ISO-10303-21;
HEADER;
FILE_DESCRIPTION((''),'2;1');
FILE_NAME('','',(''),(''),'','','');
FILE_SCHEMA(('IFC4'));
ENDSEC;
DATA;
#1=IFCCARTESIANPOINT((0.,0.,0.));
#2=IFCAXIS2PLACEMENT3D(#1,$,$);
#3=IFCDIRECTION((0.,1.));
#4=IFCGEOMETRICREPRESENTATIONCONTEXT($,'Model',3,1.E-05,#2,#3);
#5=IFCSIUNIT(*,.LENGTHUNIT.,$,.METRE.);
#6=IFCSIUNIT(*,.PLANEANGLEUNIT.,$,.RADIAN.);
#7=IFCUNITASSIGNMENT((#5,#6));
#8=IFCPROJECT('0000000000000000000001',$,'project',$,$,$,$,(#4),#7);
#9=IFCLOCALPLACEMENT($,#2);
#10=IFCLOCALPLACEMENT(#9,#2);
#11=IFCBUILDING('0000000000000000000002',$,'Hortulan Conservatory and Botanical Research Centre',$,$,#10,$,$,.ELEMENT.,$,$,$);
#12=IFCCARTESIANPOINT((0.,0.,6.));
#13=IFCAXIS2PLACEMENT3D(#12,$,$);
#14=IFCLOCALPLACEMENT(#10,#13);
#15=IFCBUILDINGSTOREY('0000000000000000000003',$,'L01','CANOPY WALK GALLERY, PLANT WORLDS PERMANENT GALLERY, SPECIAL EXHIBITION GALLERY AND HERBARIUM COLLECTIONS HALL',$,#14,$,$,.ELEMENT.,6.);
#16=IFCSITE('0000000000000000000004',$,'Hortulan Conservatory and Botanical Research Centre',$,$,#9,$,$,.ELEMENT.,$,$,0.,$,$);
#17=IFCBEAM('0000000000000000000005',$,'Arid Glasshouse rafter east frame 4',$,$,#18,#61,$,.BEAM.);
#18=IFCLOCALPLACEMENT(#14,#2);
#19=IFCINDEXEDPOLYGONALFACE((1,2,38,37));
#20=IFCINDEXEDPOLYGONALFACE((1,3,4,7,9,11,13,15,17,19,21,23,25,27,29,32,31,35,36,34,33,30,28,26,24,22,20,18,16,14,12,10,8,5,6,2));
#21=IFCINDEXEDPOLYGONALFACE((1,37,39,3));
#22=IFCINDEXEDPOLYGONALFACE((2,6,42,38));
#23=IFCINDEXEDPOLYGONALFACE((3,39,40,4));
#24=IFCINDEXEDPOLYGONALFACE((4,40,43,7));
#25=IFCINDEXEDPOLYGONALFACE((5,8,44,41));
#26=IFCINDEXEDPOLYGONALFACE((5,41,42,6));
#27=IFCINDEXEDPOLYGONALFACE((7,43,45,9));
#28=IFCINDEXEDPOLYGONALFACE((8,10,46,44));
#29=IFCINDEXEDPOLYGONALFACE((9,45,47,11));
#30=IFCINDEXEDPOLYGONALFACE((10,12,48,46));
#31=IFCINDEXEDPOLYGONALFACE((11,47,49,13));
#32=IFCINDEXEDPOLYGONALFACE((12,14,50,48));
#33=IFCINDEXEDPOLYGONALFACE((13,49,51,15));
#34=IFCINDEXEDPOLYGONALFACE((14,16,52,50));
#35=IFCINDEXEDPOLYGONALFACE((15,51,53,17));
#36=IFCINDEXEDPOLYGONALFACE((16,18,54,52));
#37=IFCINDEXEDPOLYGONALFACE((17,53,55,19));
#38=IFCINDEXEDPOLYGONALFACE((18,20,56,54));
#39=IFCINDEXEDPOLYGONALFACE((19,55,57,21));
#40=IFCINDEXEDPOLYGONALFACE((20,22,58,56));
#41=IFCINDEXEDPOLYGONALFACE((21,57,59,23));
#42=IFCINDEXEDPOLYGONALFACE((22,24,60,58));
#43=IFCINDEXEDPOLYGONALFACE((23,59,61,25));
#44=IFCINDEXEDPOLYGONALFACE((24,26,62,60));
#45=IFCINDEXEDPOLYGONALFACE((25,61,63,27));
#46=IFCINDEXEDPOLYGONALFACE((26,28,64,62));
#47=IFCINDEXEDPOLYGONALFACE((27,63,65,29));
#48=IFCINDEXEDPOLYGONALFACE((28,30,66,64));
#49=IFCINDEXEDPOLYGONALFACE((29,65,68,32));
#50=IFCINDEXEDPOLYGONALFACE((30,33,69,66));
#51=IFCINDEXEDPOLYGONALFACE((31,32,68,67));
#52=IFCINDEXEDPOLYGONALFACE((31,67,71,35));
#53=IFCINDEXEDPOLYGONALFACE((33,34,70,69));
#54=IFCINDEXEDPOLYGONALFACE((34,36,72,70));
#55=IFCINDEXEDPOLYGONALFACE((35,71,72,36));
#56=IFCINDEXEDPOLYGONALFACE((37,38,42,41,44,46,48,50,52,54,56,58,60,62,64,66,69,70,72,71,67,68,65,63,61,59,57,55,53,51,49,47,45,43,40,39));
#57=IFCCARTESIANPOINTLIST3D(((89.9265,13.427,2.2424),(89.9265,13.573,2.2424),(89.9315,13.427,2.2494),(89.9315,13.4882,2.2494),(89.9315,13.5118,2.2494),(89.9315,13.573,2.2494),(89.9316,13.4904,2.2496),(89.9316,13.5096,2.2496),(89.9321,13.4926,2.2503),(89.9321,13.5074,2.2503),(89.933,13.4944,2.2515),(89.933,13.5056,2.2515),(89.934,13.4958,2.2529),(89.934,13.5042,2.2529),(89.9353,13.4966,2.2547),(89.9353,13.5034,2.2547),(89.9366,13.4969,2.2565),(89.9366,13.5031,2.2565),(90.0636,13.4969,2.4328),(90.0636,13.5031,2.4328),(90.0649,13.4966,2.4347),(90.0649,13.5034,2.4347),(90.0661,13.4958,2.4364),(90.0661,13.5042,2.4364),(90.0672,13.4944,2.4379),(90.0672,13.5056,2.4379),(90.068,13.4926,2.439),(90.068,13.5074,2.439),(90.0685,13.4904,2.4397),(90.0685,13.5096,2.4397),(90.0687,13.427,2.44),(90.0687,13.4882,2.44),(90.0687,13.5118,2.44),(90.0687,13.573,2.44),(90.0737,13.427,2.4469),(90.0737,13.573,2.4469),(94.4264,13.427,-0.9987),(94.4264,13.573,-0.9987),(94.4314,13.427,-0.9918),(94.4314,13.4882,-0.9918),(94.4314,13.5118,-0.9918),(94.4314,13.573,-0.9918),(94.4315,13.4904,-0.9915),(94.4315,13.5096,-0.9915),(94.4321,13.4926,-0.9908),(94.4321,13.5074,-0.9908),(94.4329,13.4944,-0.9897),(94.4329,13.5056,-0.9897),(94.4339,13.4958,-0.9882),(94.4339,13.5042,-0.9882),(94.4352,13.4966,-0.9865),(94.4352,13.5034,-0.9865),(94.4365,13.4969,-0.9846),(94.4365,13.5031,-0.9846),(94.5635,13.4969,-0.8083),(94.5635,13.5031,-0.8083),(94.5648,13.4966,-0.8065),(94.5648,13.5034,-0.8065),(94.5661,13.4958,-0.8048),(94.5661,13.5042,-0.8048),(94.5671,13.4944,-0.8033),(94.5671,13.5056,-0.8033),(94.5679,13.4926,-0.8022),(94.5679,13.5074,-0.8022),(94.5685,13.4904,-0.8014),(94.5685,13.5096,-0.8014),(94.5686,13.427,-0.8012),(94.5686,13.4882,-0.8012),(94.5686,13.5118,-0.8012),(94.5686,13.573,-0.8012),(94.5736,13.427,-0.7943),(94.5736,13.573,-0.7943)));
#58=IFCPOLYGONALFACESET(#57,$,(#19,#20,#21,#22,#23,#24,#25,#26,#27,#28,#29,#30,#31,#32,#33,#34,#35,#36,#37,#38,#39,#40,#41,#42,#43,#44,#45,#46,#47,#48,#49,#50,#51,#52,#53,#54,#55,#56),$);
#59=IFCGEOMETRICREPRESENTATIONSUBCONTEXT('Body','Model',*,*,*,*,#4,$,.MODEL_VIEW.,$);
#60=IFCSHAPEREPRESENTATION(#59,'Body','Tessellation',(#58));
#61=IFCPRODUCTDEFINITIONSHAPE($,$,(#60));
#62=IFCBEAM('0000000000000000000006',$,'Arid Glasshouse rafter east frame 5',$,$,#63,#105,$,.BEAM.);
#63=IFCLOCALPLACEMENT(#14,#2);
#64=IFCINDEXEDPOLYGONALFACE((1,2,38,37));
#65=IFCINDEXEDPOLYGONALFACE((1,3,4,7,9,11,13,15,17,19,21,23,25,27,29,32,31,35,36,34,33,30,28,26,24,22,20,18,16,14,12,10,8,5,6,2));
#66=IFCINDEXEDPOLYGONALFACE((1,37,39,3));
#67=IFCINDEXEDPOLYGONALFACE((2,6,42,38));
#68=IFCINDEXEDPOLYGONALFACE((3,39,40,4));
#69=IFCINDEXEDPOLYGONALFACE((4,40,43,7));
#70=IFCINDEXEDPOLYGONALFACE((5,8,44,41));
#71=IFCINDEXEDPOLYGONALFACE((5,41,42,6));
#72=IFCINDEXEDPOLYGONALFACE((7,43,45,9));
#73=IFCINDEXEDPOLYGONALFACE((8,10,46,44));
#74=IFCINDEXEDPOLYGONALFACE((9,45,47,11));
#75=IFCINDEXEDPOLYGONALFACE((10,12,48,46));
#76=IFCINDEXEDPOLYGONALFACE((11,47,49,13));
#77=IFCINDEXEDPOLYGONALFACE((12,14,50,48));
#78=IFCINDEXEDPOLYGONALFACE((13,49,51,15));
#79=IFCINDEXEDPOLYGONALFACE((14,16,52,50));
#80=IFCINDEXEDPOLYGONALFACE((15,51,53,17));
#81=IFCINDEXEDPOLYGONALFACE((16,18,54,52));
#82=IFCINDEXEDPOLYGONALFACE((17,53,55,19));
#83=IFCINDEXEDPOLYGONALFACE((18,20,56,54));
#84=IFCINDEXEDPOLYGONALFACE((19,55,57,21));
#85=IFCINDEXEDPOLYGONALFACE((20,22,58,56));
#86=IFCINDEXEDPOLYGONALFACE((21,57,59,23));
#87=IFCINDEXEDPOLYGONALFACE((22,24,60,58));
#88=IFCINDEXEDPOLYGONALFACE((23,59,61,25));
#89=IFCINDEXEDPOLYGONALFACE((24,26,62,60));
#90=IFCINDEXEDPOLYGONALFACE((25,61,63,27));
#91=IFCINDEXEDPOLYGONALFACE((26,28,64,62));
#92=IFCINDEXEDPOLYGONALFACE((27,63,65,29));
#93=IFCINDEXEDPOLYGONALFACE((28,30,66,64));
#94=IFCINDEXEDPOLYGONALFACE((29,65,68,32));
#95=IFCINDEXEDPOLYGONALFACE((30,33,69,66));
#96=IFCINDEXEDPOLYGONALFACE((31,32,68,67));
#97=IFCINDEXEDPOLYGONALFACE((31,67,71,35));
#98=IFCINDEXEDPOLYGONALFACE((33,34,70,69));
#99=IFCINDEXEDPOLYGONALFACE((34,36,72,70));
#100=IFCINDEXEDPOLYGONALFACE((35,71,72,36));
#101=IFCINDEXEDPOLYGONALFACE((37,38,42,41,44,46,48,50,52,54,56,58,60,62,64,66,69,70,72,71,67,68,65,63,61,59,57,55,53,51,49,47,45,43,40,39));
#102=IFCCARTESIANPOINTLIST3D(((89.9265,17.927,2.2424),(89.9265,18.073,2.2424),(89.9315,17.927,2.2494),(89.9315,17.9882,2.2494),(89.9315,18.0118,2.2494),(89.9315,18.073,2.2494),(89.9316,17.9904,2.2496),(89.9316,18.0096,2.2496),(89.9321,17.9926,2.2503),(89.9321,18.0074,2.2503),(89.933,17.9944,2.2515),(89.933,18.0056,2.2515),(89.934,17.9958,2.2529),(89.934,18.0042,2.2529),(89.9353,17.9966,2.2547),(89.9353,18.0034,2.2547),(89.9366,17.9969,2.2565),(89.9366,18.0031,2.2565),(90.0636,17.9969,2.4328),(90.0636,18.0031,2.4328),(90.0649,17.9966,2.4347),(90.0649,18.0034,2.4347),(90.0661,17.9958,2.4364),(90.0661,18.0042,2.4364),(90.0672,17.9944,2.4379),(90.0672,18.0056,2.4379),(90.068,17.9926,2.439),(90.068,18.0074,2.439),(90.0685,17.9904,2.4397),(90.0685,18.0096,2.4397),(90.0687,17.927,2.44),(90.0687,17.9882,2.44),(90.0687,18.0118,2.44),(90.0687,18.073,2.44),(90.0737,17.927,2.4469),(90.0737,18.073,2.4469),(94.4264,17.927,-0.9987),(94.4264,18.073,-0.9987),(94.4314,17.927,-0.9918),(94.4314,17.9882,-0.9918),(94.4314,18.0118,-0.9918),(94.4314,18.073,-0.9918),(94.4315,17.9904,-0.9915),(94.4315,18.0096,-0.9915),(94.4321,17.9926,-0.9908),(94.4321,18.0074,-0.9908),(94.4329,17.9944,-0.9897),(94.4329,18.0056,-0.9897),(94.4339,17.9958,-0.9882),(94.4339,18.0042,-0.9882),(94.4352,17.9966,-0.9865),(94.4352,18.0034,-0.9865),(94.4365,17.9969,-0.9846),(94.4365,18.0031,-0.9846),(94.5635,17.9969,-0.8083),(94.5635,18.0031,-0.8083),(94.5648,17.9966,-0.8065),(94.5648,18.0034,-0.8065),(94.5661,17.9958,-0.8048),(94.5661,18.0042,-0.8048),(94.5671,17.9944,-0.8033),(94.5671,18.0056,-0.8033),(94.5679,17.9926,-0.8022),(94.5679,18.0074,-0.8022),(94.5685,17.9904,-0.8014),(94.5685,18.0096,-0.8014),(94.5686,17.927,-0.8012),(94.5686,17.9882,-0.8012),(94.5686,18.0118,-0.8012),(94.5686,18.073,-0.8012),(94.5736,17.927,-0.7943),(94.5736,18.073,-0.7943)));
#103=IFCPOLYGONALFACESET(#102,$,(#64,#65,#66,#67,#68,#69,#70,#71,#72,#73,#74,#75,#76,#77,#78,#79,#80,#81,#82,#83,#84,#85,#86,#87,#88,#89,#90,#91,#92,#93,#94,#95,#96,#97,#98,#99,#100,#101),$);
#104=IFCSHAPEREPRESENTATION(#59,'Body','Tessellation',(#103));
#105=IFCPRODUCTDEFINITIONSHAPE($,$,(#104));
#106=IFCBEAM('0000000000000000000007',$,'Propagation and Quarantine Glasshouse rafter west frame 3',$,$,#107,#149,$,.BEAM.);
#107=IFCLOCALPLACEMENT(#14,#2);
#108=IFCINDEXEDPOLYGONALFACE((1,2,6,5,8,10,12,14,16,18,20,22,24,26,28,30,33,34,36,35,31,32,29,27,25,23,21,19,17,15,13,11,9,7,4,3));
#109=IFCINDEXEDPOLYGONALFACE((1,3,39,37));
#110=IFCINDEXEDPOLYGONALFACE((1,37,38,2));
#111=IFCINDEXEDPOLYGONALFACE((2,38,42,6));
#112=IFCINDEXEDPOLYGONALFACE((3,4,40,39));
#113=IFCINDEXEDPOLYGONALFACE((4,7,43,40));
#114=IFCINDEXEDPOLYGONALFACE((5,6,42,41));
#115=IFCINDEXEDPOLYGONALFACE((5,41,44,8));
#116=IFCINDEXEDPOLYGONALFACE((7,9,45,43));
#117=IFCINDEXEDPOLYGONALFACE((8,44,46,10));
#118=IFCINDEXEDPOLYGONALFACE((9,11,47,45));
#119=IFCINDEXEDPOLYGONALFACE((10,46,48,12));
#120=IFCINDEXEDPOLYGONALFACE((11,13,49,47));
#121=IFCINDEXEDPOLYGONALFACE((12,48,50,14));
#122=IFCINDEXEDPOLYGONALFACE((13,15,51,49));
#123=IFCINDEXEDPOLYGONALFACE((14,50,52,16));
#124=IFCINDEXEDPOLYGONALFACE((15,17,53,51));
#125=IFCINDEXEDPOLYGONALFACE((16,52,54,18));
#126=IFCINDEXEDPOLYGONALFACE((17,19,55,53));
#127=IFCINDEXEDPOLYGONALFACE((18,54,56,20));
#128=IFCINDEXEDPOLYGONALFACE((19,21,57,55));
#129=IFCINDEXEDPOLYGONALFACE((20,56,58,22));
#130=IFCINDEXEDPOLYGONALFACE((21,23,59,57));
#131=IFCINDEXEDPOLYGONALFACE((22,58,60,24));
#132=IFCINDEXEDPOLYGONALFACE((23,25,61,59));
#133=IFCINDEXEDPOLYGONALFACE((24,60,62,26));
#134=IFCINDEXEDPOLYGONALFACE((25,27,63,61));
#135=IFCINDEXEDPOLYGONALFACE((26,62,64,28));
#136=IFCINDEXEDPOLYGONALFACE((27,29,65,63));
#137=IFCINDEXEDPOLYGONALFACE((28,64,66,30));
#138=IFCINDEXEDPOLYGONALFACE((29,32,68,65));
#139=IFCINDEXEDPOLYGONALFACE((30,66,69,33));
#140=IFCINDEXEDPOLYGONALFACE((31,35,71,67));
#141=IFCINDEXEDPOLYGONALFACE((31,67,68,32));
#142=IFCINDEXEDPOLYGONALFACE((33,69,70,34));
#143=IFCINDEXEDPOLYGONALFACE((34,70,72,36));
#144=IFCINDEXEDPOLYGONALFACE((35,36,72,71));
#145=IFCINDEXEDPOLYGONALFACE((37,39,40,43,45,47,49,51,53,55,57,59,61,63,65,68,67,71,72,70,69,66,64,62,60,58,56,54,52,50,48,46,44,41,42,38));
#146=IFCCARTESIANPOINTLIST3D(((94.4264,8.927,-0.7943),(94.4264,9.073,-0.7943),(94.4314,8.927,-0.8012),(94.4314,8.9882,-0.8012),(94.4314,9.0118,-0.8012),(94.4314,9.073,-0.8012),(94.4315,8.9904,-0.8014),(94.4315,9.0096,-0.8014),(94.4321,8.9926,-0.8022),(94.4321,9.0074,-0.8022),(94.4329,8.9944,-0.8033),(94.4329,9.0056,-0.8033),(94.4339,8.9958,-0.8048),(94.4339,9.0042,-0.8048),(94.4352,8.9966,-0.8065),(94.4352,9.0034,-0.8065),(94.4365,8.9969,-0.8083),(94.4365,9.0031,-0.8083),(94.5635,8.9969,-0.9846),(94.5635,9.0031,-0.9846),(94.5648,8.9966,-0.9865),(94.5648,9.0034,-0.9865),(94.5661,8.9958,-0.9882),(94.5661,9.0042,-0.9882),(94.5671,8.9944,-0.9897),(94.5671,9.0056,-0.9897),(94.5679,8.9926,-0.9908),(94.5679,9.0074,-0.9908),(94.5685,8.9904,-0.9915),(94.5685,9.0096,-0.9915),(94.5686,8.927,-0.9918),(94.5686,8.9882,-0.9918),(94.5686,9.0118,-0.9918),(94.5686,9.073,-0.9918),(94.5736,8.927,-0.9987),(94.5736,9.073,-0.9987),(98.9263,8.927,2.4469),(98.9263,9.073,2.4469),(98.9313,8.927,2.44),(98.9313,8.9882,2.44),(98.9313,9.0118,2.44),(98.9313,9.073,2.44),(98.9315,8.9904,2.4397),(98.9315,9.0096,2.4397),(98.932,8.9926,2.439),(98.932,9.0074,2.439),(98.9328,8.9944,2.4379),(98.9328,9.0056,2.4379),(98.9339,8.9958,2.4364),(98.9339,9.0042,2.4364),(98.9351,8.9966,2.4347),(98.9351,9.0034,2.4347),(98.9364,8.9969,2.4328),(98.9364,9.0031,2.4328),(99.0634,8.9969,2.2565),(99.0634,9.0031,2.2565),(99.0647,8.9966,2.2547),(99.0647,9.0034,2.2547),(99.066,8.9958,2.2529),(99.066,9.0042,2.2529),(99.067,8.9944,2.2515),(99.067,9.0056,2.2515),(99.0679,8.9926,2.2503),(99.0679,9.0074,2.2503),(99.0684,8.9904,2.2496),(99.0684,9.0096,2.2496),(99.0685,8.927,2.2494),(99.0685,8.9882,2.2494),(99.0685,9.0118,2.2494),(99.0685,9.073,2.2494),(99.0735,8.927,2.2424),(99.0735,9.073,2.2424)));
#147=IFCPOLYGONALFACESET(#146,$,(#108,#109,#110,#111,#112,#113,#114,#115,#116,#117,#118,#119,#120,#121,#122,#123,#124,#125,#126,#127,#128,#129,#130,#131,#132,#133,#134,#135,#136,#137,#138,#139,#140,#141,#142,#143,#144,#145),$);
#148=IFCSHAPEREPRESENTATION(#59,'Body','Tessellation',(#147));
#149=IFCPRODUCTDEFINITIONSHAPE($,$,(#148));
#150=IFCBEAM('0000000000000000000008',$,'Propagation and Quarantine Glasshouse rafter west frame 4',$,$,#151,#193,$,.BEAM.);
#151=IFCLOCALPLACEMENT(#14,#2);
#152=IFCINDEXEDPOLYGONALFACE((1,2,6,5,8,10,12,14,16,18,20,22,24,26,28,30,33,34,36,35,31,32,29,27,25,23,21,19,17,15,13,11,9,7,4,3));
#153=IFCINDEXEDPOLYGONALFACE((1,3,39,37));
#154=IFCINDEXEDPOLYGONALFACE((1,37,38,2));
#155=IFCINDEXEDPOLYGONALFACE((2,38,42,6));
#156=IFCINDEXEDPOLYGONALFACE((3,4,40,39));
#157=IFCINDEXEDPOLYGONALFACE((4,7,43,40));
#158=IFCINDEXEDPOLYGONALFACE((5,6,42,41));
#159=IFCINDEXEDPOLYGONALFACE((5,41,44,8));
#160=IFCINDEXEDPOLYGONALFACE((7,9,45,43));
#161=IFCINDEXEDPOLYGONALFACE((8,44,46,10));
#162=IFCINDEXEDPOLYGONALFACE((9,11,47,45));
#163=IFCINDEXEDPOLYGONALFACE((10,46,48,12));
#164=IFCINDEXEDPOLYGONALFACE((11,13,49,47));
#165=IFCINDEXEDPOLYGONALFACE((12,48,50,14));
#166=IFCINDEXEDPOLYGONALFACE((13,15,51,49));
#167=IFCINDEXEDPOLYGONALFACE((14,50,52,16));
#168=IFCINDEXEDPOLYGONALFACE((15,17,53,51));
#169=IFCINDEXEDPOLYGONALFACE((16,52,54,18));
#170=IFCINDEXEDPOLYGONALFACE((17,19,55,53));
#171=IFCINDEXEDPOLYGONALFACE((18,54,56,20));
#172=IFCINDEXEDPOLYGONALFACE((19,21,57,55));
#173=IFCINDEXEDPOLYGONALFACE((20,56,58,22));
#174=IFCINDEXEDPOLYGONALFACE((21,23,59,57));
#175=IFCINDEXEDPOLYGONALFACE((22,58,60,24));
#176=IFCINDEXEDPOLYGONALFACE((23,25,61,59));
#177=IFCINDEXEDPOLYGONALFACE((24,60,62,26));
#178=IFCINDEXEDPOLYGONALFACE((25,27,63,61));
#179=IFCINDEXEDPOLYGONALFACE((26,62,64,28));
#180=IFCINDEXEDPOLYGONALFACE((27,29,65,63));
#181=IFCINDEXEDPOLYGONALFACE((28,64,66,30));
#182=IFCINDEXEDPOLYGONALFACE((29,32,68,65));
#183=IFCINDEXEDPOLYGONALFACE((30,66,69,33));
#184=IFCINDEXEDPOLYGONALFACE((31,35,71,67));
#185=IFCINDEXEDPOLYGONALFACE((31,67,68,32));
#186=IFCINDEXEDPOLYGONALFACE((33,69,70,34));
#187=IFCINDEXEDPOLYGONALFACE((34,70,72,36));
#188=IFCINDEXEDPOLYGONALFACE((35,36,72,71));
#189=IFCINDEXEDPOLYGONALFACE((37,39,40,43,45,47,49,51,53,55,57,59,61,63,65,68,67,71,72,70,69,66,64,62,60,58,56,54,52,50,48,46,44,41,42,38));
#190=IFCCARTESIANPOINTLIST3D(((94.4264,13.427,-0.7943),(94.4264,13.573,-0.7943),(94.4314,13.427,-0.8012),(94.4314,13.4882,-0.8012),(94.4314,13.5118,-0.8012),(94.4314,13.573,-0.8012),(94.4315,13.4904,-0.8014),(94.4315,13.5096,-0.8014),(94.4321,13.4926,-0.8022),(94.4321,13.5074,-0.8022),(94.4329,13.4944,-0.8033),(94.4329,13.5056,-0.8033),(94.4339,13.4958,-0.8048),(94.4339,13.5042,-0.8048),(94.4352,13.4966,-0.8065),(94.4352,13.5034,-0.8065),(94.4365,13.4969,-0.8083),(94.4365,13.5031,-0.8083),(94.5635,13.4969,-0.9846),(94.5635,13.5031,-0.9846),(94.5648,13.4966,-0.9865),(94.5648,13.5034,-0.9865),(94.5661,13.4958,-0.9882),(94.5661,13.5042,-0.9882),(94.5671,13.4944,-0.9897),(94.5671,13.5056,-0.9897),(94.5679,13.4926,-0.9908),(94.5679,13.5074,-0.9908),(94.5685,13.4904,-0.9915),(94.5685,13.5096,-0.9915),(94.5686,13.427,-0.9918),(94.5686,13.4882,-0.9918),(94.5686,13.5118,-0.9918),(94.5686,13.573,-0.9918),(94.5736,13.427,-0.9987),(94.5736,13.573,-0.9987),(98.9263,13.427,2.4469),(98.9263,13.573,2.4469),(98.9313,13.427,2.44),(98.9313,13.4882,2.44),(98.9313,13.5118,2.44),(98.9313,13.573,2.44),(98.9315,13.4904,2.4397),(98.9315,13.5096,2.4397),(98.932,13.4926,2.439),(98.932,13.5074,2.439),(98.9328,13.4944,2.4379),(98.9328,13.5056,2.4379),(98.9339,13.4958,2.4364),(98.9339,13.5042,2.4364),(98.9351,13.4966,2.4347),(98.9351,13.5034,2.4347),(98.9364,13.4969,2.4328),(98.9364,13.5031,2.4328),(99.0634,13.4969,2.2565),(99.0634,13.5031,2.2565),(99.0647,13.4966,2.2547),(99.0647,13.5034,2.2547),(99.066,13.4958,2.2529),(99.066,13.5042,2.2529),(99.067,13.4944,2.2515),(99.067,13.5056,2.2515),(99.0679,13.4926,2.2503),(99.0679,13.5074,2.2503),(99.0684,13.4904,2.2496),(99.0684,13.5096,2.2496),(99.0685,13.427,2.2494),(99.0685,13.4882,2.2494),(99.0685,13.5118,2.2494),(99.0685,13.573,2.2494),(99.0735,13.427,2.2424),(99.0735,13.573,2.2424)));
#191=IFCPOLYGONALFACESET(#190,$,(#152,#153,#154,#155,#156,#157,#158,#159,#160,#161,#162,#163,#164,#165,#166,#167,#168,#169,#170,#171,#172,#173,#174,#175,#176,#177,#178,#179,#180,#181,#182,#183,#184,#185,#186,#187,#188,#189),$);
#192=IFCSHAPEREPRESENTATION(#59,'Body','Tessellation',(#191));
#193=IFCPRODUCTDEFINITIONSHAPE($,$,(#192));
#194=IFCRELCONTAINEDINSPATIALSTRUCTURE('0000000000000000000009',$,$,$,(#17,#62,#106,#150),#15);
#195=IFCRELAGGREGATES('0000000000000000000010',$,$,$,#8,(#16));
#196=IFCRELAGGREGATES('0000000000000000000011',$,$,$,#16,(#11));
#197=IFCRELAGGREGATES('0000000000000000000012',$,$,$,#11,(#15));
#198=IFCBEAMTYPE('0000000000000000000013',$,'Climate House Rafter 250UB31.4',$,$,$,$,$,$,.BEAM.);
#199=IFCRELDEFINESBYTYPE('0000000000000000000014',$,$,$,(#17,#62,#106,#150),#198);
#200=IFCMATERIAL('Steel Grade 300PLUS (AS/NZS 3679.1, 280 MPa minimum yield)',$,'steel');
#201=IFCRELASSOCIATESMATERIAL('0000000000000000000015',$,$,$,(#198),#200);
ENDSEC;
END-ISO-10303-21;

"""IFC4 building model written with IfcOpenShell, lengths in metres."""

from ifc_helpers import new_model, si_unit, direction, frame, origin, origin_2d, place, context, subcontext, project, spatial, i_section, extrude, material, material_profile, profile_set, type_object, element, save


model = new_model("IFC4")

# Units and contexts
model_context = context("Model", 3, precision=1e-05, world=origin(), true_north=direction((0.0, 1.0)))
body_context = subcontext(model_context, "Body", "Model", "MODEL_VIEW")
ifc_project = project(units=[si_unit("LENGTHUNIT", "METRE"), si_unit("PLANEANGLEUNIT", "RADIAN")], contexts=[model_context])

# Site, building, storey
site_placement = place(None, origin())
site = spatial("IfcSite", under=ifc_project, at=site_placement, Name="Hortulan Conservatory and Botanical Research Centre", CompositionType="ELEMENT", RefElevation=0.0)
building_placement = place(site_placement, origin())
building = spatial("IfcBuilding", under=site, at=building_placement, Name="Hortulan Conservatory and Botanical Research Centre", CompositionType="ELEMENT")
storey_placement = place(building_placement, frame((0.0, 0.0, 6.0)))
storey = spatial("IfcBuildingStorey", under=building, at=storey_placement, Name="L01", Description="CANOPY WALK GALLERY, PLANT WORLDS PERMANENT GALLERY, SPECIAL EXHIBITION GALLERY AND HERBARIUM COLLECTIONS HALL", CompositionType="ELEMENT", Elevation=6.0)

# Beams
ifc_material_1 = material(Name="Steel Grade 300PLUS (AS/NZS 3679.1, 280 MPa minimum yield)", Category="steel")
ifc_material_profile_1 = material_profile(ifc_material_1, i_section(OverallWidth=0.146, OverallDepth=0.252, WebThickness=0.0061, FlangeThickness=0.0085, FilletRadius=0.0088, at=origin_2d()), Name="250UB31.4")
ifc_profile_set_1 = profile_set([ifc_material_profile_1], Name="Steel Grade 300PLUS (AS/NZS 3679.1, 280 MPa minimum yield)")
beam_type = type_object("IfcBeamType", Name="Climate House Rafter 250UB31.4", PredefinedType="BEAM", material=ifc_profile_set_1)
for number, where, z_axis, x_axis, name in (
    (1, (94.5, 13.5, -0.8965), (-0.811431, 0.0, 0.584449), (0.0, -1.0, 0.0), "Arid Glasshouse rafter east frame 4"),
    (2, (94.5, 18.0, -0.8965), (-0.811431, 0.0, 0.584449), (0.0, -1.0, 0.0), "Arid Glasshouse rafter east frame 5"),
    (3, (94.5, 9.0, -0.8965), (0.811431, 0.0, 0.584449), (0.0, 1.0, 0.0), "Propagation and Quarantine Glasshouse rafter west frame 3"),
    (4, (94.5, 13.5, -0.8965), (0.811431, 0.0, 0.584449), (0.0, 1.0, 0.0), "Propagation and Quarantine Glasshouse rafter west frame 4"),
):
    element("IfcBeam", number, at=place(storey_placement, frame(where, z_axis=z_axis, x_axis=x_axis)), inside=storey, type_object=beam_type, Name=name, PredefinedType="BEAM", context=body_context, shape_type="SweptSolid", body=[
        extrude(i_section(OverallWidth=0.146, OverallDepth=0.252, WebThickness=0.0061, FlangeThickness=0.0085, FilletRadius=0.0088, at=origin_2d()), origin(), (0.0, 0.0, 1.0), 5.5457),
    ])

save(model, "model.ifc")
